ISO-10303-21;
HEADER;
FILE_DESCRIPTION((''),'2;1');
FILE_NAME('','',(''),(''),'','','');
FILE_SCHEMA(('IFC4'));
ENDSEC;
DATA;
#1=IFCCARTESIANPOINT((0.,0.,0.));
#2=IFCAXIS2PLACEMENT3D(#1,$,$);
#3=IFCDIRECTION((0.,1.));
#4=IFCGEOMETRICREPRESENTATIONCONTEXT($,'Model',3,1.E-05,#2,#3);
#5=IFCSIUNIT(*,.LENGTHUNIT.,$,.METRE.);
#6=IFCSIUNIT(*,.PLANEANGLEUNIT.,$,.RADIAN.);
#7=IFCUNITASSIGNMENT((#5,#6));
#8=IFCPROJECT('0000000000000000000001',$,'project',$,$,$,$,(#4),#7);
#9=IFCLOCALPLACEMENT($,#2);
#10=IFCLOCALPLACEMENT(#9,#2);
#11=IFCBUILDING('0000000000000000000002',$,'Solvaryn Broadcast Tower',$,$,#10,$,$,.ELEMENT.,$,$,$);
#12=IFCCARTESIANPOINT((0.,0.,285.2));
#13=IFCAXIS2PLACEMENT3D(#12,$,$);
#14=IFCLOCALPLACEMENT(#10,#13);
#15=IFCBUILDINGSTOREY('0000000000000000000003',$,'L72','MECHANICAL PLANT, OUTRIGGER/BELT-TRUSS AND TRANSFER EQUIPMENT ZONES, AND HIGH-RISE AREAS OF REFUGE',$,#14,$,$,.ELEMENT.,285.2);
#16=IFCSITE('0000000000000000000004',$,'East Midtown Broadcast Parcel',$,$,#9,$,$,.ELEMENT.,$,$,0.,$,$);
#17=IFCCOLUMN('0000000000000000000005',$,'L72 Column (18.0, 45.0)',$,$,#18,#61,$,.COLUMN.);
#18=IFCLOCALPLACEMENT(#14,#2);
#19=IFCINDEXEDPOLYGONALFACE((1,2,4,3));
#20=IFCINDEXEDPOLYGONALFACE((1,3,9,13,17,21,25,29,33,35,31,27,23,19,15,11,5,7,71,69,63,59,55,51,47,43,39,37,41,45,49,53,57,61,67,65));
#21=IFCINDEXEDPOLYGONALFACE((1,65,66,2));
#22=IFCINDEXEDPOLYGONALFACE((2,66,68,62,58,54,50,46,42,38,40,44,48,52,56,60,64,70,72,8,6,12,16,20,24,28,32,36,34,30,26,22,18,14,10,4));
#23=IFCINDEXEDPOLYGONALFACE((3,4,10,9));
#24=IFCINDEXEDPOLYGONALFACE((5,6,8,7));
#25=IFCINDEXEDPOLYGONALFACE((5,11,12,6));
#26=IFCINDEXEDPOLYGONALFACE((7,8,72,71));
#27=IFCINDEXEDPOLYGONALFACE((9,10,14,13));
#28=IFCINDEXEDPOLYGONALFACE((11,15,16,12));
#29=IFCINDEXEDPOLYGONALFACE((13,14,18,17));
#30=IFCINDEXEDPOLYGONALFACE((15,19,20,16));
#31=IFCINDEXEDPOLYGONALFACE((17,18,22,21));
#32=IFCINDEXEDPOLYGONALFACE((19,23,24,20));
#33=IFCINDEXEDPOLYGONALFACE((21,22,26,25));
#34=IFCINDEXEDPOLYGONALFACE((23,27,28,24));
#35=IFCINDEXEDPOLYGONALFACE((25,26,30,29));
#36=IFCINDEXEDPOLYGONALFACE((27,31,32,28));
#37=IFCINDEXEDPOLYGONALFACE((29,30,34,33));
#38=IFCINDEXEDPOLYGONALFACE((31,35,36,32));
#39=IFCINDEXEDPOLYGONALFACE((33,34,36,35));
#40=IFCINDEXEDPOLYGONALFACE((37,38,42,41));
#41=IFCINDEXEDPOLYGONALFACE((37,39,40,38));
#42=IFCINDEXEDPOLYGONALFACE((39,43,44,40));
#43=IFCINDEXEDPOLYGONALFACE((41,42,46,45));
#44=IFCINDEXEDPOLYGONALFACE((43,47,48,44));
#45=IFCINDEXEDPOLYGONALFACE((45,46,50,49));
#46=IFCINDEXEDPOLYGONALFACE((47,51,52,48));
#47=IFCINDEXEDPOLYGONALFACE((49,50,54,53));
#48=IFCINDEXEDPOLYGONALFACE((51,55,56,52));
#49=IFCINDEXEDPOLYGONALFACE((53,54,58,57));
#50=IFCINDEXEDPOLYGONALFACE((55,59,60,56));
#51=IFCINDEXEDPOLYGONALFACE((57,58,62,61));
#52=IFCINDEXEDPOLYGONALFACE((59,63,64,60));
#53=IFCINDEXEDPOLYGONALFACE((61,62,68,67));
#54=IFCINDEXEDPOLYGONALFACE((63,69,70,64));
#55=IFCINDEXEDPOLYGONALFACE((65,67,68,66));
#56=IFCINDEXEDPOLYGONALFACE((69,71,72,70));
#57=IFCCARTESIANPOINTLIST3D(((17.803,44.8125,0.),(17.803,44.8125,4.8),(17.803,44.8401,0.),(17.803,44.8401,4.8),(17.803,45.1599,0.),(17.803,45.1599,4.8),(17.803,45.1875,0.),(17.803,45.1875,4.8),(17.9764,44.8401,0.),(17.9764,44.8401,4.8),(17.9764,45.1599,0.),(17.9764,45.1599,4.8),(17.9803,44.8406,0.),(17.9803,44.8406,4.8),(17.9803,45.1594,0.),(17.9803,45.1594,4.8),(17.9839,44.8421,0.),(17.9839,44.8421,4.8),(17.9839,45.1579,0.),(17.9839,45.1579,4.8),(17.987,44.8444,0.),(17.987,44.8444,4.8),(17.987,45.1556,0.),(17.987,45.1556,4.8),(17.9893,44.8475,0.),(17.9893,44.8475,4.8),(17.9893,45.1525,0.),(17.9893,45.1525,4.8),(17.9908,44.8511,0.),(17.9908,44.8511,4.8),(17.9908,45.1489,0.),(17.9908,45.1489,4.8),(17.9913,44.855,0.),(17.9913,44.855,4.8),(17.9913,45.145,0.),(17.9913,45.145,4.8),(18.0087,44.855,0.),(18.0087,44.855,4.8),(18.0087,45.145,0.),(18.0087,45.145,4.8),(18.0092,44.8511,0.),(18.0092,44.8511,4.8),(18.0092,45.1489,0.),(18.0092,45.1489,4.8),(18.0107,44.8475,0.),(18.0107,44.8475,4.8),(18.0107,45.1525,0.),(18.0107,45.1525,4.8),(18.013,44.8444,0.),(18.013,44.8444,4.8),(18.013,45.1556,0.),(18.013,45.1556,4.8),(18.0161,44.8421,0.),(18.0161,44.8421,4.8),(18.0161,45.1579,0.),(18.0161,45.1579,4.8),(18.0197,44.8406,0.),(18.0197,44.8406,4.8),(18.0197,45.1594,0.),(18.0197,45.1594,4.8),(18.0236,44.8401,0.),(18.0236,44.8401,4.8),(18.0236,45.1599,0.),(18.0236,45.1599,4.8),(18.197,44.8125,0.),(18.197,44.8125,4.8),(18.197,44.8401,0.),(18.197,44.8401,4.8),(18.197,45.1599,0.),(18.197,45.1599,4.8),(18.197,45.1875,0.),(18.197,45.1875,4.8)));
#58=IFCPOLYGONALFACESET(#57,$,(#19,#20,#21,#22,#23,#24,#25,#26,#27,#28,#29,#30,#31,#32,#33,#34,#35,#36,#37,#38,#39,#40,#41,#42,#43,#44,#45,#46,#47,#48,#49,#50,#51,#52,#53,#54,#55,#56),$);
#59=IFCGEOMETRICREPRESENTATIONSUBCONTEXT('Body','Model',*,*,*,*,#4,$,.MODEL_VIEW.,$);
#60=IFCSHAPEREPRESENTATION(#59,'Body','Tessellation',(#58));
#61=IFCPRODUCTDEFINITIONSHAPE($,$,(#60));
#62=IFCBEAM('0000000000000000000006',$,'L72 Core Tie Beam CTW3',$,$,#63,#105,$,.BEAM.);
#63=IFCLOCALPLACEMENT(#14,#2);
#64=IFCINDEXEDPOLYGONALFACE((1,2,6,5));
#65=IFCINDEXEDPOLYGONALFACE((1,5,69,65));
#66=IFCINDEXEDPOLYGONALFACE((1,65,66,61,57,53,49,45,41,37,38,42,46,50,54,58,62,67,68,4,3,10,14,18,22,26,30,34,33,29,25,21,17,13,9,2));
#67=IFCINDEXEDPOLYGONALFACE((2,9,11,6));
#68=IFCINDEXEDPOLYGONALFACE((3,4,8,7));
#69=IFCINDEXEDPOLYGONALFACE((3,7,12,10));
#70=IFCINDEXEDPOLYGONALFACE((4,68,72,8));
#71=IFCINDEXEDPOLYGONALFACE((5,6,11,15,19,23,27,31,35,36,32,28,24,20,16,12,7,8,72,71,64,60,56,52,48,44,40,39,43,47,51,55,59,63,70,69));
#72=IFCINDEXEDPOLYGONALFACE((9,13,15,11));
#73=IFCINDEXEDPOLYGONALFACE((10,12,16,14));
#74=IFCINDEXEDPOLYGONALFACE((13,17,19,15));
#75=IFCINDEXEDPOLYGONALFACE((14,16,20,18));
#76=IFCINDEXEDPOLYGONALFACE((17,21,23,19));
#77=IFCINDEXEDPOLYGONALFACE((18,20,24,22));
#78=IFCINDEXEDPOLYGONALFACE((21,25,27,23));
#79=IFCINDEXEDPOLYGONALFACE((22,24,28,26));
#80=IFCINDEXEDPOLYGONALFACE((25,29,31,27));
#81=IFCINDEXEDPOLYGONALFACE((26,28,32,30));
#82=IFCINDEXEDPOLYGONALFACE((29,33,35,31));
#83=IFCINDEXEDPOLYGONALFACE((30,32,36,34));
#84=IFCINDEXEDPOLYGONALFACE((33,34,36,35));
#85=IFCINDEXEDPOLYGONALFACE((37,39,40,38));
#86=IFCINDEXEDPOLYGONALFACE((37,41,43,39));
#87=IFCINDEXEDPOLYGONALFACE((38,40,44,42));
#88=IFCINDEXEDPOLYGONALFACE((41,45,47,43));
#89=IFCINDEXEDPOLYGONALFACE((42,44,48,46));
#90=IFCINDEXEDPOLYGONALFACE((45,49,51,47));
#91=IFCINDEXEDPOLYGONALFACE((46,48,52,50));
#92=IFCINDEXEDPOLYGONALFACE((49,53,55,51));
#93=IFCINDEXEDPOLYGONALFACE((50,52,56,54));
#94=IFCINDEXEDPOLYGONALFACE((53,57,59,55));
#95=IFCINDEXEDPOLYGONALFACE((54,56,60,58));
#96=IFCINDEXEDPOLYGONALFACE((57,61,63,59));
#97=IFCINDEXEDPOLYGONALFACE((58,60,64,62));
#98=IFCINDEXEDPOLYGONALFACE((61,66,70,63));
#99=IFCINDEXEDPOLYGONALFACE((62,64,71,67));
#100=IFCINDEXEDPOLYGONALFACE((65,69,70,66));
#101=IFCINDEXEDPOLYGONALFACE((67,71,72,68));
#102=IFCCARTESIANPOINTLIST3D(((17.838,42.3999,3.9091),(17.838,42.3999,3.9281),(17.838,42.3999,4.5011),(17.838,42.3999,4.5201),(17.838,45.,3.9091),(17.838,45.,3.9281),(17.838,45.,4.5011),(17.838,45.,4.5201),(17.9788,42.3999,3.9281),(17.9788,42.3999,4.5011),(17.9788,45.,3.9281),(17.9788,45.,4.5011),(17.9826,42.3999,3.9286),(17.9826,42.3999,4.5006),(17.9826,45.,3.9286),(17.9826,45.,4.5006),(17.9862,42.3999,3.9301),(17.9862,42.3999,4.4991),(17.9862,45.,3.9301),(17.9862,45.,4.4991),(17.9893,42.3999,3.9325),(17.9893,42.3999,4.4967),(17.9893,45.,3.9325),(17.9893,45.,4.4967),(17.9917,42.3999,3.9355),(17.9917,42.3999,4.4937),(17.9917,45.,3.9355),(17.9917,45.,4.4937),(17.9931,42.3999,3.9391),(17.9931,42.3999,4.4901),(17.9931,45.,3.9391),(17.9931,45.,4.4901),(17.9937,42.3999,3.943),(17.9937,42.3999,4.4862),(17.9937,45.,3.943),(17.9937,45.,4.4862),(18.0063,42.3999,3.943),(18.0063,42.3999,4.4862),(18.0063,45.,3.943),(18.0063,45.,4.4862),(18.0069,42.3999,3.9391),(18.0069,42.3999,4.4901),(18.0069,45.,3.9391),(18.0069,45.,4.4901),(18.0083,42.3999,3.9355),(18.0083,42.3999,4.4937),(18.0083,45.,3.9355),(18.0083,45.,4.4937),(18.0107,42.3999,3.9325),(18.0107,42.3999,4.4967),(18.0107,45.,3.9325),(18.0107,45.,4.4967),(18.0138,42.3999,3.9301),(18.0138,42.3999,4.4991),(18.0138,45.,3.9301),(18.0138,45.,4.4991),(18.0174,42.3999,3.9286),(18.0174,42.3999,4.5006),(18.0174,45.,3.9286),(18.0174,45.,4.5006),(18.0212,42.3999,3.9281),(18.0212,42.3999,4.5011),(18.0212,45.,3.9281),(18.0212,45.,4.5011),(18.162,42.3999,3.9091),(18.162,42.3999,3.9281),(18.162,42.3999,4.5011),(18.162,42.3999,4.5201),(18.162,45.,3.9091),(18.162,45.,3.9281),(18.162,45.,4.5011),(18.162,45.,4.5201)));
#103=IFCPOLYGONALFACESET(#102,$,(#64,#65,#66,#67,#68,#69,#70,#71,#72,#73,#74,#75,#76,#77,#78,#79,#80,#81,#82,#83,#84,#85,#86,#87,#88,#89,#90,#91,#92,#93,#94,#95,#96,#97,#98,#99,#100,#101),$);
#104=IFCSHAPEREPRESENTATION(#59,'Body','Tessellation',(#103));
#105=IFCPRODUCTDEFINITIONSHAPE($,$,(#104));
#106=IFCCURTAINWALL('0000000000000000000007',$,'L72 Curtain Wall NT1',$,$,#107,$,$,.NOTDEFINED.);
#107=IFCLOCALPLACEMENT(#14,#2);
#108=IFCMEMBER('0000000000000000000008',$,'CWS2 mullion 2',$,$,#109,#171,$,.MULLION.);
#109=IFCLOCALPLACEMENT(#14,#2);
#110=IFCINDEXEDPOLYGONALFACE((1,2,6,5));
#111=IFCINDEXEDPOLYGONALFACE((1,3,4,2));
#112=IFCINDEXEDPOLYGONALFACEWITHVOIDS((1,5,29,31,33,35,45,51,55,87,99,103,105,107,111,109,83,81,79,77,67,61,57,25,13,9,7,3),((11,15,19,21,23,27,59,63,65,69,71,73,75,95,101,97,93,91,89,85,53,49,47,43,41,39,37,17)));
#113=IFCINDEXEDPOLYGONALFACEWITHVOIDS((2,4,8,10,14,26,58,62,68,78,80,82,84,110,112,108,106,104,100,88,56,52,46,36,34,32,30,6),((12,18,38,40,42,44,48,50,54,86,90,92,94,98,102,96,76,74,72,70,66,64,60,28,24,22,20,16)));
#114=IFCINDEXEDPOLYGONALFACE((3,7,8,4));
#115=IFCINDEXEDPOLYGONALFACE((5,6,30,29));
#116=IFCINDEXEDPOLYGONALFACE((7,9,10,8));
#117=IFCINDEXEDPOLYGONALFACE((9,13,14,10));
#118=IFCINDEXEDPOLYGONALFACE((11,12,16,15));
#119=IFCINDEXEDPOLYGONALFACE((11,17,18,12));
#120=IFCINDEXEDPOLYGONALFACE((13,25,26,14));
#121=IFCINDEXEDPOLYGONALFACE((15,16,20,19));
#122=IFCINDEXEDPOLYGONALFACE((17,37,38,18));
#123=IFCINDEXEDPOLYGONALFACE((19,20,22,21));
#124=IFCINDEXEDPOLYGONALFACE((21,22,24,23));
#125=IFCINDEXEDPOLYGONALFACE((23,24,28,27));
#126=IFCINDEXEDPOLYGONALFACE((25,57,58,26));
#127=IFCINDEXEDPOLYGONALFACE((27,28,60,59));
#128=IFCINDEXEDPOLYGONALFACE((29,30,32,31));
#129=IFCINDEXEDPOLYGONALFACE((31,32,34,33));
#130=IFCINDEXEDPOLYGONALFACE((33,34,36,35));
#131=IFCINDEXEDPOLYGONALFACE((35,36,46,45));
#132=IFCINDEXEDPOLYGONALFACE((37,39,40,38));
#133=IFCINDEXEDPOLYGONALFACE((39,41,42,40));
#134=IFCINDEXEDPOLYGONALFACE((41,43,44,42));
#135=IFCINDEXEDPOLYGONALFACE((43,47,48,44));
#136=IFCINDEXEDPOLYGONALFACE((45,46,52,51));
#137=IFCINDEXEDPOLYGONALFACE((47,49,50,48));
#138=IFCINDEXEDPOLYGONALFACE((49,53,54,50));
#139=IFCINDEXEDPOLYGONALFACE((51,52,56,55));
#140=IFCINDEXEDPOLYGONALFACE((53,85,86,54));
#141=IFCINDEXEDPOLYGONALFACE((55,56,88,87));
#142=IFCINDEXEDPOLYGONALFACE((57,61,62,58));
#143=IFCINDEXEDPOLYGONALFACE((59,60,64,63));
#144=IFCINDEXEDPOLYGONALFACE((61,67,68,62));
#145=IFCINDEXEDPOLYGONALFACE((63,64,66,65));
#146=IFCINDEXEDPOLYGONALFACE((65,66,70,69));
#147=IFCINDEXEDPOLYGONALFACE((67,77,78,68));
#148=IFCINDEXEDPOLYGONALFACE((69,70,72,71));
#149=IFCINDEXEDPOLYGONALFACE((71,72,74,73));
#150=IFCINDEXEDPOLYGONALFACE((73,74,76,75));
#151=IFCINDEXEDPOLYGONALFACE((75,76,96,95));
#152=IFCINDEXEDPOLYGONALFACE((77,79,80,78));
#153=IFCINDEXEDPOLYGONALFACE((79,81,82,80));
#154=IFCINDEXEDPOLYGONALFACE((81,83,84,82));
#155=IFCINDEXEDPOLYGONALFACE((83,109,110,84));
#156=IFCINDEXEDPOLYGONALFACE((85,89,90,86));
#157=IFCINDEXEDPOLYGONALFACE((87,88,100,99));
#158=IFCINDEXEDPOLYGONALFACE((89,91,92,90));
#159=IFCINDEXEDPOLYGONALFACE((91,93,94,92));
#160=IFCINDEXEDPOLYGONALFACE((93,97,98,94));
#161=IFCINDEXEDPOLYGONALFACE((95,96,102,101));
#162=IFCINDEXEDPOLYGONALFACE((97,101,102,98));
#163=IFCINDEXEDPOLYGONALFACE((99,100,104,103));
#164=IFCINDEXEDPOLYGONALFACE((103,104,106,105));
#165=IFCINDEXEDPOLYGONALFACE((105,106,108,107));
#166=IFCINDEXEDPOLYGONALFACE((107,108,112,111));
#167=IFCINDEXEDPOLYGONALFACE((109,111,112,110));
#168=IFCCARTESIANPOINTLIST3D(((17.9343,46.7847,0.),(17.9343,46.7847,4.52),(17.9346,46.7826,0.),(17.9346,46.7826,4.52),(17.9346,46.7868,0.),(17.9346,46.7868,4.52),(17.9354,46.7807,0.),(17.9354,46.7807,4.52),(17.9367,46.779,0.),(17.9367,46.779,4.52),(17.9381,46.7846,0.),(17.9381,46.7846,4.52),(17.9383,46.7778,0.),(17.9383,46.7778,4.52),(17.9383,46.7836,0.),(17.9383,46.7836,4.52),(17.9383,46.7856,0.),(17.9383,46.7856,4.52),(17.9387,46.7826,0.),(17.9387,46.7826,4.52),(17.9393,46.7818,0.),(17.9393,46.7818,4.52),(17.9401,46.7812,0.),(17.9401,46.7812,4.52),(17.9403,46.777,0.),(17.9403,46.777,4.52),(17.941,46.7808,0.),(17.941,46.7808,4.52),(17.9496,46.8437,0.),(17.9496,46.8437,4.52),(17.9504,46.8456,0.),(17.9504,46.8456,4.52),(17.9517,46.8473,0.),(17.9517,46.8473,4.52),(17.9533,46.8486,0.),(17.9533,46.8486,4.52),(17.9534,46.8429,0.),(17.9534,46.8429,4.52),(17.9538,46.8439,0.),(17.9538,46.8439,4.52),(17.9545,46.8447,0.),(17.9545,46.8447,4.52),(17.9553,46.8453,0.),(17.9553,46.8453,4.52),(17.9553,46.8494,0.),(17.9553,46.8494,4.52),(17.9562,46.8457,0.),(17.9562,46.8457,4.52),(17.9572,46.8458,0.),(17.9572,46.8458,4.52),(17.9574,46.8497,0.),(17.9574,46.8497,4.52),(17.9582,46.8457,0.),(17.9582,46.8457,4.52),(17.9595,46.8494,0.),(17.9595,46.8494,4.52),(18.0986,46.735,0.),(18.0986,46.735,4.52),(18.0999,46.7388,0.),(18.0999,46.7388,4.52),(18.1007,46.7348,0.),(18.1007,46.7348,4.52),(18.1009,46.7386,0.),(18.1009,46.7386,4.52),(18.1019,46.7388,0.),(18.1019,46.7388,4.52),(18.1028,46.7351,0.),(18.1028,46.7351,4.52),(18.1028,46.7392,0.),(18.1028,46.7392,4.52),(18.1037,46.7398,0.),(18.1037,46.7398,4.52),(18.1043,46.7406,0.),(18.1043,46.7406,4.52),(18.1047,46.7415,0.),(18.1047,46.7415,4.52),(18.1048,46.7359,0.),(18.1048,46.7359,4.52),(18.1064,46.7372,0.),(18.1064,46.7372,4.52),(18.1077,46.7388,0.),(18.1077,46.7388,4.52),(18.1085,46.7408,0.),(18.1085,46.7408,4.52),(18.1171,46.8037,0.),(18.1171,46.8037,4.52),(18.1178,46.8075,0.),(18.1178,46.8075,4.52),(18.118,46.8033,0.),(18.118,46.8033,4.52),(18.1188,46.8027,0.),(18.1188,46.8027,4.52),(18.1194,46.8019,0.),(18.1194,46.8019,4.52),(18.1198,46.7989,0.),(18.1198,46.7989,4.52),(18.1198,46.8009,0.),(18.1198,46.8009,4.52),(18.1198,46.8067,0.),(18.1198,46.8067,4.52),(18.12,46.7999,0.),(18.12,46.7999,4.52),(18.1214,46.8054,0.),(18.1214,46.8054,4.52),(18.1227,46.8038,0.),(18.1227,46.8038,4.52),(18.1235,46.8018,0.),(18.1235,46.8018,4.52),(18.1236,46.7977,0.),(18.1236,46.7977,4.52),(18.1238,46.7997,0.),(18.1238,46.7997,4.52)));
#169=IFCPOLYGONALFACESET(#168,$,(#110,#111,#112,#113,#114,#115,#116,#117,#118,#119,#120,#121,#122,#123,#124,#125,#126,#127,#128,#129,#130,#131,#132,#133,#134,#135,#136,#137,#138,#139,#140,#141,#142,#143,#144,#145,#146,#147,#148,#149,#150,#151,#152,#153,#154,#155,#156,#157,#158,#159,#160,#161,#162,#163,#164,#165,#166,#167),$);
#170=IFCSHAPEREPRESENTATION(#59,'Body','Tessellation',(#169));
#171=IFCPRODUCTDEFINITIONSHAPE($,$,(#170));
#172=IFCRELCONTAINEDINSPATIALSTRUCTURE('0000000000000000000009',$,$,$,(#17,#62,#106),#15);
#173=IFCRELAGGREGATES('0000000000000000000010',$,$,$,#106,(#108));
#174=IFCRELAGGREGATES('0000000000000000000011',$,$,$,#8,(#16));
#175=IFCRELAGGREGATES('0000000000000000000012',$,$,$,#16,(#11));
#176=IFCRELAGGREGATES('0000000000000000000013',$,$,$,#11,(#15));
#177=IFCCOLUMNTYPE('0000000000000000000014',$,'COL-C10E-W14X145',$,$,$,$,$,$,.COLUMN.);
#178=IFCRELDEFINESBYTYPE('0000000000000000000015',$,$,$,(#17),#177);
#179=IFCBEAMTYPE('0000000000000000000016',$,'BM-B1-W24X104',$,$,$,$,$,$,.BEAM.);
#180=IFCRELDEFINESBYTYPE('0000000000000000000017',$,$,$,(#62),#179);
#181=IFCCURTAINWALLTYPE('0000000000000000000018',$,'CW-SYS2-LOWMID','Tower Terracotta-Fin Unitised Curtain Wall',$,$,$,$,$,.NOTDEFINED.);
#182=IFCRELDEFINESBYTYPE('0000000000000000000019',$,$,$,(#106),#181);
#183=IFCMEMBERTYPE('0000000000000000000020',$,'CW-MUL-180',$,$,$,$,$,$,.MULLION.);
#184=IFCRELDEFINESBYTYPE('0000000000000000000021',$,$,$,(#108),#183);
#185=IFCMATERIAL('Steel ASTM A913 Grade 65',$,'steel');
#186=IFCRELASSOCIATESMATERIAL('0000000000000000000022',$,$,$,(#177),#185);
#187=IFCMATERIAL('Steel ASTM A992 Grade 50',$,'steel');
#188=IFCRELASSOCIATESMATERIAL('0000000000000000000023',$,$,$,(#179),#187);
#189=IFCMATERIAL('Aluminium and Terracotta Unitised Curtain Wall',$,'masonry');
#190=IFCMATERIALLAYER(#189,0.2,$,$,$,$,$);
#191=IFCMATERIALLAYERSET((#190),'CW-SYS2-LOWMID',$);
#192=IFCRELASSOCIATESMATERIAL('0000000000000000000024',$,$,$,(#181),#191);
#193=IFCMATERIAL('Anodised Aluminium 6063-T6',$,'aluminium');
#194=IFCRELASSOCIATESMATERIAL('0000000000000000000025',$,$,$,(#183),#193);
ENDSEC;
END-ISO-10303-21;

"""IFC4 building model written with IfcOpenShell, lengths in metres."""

from ifc_helpers import new_model, si_unit, direction, frame, origin, origin_2d, place, context, subcontext, project, spatial, hollow_rectangle, i_section, extrude, material, layer, layer_set, material_profile, profile_set, type_object, element, aggregate, save


model = new_model("IFC4")

# Units and contexts
model_context = context("Model", 3, precision=1e-05, world=origin(), true_north=direction((0.0, 1.0)))
body_context = subcontext(model_context, "Body", "Model", "MODEL_VIEW")
ifc_project = project(units=[si_unit("LENGTHUNIT", "METRE"), si_unit("PLANEANGLEUNIT", "RADIAN")], contexts=[model_context])

# Site, building, storey
site_placement = place(None, origin())
site = spatial("IfcSite", under=ifc_project, at=site_placement, Name="East Midtown Broadcast Parcel", CompositionType="ELEMENT", RefElevation=0.0)
building_placement = place(site_placement, origin())
building = spatial("IfcBuilding", under=site, at=building_placement, Name="Solvaryn Broadcast Tower", CompositionType="ELEMENT")
storey_placement = place(building_placement, frame((0.0, 0.0, 285.2)))
storey = spatial("IfcBuildingStorey", under=building, at=storey_placement, Name="L72", Description="MECHANICAL PLANT, OUTRIGGER/BELT-TRUSS AND TRANSFER EQUIPMENT ZONES, AND HIGH-RISE AREAS OF REFUGE", CompositionType="ELEMENT", Elevation=285.2)

# Column
ifc_material_1 = material(Name="Steel ASTM A913 Grade 65", Category="steel")
ifc_material_profile_1 = material_profile(ifc_material_1, i_section(OverallWidth=0.394, OverallDepth=0.375, WebThickness=0.0173, FlangeThickness=0.0276, FilletRadius=0.0149, at=origin_2d()))
ifc_profile_set_1 = profile_set([ifc_material_profile_1], Name="Steel ASTM A913 Grade 65")
column_type = type_object("IfcColumnType", Name="COL-C10E-W14X145", PredefinedType="COLUMN", material=ifc_profile_set_1)
column_placement = place(storey_placement, frame((18.0, 45.0, 0.0), z_axis=(0.0, 0.0, 1.0), x_axis=(1.0, 0.0, 0.0)))
element("IfcColumn", 1, at=column_placement, inside=storey, type_object=column_type, Name="L72 Column (18.0, 45.0)", PredefinedType="COLUMN", context=body_context, shape_type="SweptSolid", body=[
    extrude(i_section(OverallWidth=0.394, OverallDepth=0.375, WebThickness=0.0173, FlangeThickness=0.0276, FilletRadius=0.0149, at=origin_2d()), origin(), (0.0, 0.0, 1.0), 4.8),
])

# Beam
ifc_material_2 = material(Name="Steel ASTM A992 Grade 50", Category="steel")
ifc_material_profile_2 = material_profile(ifc_material_2, i_section(OverallWidth=0.324, OverallDepth=0.6111, WebThickness=0.0127, FlangeThickness=0.019, FilletRadius=0.0149, at=origin_2d()))
ifc_profile_set_2 = profile_set([ifc_material_profile_2], Name="Steel ASTM A992 Grade 50")
beam_type = type_object("IfcBeamType", Name="BM-B1-W24X104", PredefinedType="BEAM", material=ifc_profile_set_2)
beam_placement = place(storey_placement, frame((18.0, 42.3999, 4.2146), z_axis=(0.0, 1.0, 0.0), x_axis=(-1.0, 0.0, 0.0)))
element("IfcBeam", 2, at=beam_placement, inside=storey, type_object=beam_type, Name="L72 Core Tie Beam CTW3", PredefinedType="BEAM", context=body_context, shape_type="SweptSolid", body=[
    extrude(i_section(OverallWidth=0.324, OverallDepth=0.6111, WebThickness=0.0127, FlangeThickness=0.019, FilletRadius=0.0149, at=origin_2d()), origin(), (0.0, 0.0, 1.0), 2.6001),
])

# Curtain wall, member
ifc_material_3 = material(Name="Aluminium and Terracotta Unitised Curtain Wall", Category="masonry")
ifc_layer_1 = layer(ifc_material_3, 0.2)
ifc_layer_set_1 = layer_set([ifc_layer_1], Name="CW-SYS2-LOWMID")
curtain_wall_type = type_object("IfcCurtainWallType", Name="CW-SYS2-LOWMID", Description="Tower Terracotta-Fin Unitised Curtain Wall", PredefinedType="NOTDEFINED", material=ifc_layer_set_1)
curtain_wall_1_placement = place(storey_placement, origin())
curtain_wall_1 = element("IfcCurtainWall", 3, at=curtain_wall_1_placement, inside=storey, type_object=curtain_wall_type, Name="L72 Curtain Wall NT1", PredefinedType="NOTDEFINED")
ifc_material_4 = material(Name="Anodised Aluminium 6063-T6", Category="aluminium")
ifc_material_profile_3 = material_profile(ifc_material_4, hollow_rectangle(XDim=0.075, YDim=0.1799, WallThickness=0.0039, InnerFilletRadius=0.0039, OuterFilletRadius=0.0081, at=origin_2d()))
ifc_profile_set_3 = profile_set([ifc_material_profile_3], Name="Anodised Aluminium 6063-T6")
member_type_1 = type_object("IfcMemberType", Name="CW-MUL-180", PredefinedType="MULLION", material=ifc_profile_set_3)
member_1_placement = place(storey_placement, frame((18.0291, 46.7922, 0.0), z_axis=(0.0, 0.0, 1.0), x_axis=(-0.255893, -0.966705, 0.0)))
member_1 = element("IfcMember", 4, at=member_1_placement, type_object=member_type_1, Name="CWS2 mullion 2", PredefinedType="MULLION", context=body_context, shape_type="SweptSolid", body=[
    extrude(hollow_rectangle(XDim=0.075, YDim=0.1799, WallThickness=0.0039, InnerFilletRadius=0.0039, OuterFilletRadius=0.0081, at=origin_2d()), origin(), (0.0, 0.0, 1.0), 4.52),
])

aggregate(curtain_wall_1, [member_1])

save(model, "model.ifc")
